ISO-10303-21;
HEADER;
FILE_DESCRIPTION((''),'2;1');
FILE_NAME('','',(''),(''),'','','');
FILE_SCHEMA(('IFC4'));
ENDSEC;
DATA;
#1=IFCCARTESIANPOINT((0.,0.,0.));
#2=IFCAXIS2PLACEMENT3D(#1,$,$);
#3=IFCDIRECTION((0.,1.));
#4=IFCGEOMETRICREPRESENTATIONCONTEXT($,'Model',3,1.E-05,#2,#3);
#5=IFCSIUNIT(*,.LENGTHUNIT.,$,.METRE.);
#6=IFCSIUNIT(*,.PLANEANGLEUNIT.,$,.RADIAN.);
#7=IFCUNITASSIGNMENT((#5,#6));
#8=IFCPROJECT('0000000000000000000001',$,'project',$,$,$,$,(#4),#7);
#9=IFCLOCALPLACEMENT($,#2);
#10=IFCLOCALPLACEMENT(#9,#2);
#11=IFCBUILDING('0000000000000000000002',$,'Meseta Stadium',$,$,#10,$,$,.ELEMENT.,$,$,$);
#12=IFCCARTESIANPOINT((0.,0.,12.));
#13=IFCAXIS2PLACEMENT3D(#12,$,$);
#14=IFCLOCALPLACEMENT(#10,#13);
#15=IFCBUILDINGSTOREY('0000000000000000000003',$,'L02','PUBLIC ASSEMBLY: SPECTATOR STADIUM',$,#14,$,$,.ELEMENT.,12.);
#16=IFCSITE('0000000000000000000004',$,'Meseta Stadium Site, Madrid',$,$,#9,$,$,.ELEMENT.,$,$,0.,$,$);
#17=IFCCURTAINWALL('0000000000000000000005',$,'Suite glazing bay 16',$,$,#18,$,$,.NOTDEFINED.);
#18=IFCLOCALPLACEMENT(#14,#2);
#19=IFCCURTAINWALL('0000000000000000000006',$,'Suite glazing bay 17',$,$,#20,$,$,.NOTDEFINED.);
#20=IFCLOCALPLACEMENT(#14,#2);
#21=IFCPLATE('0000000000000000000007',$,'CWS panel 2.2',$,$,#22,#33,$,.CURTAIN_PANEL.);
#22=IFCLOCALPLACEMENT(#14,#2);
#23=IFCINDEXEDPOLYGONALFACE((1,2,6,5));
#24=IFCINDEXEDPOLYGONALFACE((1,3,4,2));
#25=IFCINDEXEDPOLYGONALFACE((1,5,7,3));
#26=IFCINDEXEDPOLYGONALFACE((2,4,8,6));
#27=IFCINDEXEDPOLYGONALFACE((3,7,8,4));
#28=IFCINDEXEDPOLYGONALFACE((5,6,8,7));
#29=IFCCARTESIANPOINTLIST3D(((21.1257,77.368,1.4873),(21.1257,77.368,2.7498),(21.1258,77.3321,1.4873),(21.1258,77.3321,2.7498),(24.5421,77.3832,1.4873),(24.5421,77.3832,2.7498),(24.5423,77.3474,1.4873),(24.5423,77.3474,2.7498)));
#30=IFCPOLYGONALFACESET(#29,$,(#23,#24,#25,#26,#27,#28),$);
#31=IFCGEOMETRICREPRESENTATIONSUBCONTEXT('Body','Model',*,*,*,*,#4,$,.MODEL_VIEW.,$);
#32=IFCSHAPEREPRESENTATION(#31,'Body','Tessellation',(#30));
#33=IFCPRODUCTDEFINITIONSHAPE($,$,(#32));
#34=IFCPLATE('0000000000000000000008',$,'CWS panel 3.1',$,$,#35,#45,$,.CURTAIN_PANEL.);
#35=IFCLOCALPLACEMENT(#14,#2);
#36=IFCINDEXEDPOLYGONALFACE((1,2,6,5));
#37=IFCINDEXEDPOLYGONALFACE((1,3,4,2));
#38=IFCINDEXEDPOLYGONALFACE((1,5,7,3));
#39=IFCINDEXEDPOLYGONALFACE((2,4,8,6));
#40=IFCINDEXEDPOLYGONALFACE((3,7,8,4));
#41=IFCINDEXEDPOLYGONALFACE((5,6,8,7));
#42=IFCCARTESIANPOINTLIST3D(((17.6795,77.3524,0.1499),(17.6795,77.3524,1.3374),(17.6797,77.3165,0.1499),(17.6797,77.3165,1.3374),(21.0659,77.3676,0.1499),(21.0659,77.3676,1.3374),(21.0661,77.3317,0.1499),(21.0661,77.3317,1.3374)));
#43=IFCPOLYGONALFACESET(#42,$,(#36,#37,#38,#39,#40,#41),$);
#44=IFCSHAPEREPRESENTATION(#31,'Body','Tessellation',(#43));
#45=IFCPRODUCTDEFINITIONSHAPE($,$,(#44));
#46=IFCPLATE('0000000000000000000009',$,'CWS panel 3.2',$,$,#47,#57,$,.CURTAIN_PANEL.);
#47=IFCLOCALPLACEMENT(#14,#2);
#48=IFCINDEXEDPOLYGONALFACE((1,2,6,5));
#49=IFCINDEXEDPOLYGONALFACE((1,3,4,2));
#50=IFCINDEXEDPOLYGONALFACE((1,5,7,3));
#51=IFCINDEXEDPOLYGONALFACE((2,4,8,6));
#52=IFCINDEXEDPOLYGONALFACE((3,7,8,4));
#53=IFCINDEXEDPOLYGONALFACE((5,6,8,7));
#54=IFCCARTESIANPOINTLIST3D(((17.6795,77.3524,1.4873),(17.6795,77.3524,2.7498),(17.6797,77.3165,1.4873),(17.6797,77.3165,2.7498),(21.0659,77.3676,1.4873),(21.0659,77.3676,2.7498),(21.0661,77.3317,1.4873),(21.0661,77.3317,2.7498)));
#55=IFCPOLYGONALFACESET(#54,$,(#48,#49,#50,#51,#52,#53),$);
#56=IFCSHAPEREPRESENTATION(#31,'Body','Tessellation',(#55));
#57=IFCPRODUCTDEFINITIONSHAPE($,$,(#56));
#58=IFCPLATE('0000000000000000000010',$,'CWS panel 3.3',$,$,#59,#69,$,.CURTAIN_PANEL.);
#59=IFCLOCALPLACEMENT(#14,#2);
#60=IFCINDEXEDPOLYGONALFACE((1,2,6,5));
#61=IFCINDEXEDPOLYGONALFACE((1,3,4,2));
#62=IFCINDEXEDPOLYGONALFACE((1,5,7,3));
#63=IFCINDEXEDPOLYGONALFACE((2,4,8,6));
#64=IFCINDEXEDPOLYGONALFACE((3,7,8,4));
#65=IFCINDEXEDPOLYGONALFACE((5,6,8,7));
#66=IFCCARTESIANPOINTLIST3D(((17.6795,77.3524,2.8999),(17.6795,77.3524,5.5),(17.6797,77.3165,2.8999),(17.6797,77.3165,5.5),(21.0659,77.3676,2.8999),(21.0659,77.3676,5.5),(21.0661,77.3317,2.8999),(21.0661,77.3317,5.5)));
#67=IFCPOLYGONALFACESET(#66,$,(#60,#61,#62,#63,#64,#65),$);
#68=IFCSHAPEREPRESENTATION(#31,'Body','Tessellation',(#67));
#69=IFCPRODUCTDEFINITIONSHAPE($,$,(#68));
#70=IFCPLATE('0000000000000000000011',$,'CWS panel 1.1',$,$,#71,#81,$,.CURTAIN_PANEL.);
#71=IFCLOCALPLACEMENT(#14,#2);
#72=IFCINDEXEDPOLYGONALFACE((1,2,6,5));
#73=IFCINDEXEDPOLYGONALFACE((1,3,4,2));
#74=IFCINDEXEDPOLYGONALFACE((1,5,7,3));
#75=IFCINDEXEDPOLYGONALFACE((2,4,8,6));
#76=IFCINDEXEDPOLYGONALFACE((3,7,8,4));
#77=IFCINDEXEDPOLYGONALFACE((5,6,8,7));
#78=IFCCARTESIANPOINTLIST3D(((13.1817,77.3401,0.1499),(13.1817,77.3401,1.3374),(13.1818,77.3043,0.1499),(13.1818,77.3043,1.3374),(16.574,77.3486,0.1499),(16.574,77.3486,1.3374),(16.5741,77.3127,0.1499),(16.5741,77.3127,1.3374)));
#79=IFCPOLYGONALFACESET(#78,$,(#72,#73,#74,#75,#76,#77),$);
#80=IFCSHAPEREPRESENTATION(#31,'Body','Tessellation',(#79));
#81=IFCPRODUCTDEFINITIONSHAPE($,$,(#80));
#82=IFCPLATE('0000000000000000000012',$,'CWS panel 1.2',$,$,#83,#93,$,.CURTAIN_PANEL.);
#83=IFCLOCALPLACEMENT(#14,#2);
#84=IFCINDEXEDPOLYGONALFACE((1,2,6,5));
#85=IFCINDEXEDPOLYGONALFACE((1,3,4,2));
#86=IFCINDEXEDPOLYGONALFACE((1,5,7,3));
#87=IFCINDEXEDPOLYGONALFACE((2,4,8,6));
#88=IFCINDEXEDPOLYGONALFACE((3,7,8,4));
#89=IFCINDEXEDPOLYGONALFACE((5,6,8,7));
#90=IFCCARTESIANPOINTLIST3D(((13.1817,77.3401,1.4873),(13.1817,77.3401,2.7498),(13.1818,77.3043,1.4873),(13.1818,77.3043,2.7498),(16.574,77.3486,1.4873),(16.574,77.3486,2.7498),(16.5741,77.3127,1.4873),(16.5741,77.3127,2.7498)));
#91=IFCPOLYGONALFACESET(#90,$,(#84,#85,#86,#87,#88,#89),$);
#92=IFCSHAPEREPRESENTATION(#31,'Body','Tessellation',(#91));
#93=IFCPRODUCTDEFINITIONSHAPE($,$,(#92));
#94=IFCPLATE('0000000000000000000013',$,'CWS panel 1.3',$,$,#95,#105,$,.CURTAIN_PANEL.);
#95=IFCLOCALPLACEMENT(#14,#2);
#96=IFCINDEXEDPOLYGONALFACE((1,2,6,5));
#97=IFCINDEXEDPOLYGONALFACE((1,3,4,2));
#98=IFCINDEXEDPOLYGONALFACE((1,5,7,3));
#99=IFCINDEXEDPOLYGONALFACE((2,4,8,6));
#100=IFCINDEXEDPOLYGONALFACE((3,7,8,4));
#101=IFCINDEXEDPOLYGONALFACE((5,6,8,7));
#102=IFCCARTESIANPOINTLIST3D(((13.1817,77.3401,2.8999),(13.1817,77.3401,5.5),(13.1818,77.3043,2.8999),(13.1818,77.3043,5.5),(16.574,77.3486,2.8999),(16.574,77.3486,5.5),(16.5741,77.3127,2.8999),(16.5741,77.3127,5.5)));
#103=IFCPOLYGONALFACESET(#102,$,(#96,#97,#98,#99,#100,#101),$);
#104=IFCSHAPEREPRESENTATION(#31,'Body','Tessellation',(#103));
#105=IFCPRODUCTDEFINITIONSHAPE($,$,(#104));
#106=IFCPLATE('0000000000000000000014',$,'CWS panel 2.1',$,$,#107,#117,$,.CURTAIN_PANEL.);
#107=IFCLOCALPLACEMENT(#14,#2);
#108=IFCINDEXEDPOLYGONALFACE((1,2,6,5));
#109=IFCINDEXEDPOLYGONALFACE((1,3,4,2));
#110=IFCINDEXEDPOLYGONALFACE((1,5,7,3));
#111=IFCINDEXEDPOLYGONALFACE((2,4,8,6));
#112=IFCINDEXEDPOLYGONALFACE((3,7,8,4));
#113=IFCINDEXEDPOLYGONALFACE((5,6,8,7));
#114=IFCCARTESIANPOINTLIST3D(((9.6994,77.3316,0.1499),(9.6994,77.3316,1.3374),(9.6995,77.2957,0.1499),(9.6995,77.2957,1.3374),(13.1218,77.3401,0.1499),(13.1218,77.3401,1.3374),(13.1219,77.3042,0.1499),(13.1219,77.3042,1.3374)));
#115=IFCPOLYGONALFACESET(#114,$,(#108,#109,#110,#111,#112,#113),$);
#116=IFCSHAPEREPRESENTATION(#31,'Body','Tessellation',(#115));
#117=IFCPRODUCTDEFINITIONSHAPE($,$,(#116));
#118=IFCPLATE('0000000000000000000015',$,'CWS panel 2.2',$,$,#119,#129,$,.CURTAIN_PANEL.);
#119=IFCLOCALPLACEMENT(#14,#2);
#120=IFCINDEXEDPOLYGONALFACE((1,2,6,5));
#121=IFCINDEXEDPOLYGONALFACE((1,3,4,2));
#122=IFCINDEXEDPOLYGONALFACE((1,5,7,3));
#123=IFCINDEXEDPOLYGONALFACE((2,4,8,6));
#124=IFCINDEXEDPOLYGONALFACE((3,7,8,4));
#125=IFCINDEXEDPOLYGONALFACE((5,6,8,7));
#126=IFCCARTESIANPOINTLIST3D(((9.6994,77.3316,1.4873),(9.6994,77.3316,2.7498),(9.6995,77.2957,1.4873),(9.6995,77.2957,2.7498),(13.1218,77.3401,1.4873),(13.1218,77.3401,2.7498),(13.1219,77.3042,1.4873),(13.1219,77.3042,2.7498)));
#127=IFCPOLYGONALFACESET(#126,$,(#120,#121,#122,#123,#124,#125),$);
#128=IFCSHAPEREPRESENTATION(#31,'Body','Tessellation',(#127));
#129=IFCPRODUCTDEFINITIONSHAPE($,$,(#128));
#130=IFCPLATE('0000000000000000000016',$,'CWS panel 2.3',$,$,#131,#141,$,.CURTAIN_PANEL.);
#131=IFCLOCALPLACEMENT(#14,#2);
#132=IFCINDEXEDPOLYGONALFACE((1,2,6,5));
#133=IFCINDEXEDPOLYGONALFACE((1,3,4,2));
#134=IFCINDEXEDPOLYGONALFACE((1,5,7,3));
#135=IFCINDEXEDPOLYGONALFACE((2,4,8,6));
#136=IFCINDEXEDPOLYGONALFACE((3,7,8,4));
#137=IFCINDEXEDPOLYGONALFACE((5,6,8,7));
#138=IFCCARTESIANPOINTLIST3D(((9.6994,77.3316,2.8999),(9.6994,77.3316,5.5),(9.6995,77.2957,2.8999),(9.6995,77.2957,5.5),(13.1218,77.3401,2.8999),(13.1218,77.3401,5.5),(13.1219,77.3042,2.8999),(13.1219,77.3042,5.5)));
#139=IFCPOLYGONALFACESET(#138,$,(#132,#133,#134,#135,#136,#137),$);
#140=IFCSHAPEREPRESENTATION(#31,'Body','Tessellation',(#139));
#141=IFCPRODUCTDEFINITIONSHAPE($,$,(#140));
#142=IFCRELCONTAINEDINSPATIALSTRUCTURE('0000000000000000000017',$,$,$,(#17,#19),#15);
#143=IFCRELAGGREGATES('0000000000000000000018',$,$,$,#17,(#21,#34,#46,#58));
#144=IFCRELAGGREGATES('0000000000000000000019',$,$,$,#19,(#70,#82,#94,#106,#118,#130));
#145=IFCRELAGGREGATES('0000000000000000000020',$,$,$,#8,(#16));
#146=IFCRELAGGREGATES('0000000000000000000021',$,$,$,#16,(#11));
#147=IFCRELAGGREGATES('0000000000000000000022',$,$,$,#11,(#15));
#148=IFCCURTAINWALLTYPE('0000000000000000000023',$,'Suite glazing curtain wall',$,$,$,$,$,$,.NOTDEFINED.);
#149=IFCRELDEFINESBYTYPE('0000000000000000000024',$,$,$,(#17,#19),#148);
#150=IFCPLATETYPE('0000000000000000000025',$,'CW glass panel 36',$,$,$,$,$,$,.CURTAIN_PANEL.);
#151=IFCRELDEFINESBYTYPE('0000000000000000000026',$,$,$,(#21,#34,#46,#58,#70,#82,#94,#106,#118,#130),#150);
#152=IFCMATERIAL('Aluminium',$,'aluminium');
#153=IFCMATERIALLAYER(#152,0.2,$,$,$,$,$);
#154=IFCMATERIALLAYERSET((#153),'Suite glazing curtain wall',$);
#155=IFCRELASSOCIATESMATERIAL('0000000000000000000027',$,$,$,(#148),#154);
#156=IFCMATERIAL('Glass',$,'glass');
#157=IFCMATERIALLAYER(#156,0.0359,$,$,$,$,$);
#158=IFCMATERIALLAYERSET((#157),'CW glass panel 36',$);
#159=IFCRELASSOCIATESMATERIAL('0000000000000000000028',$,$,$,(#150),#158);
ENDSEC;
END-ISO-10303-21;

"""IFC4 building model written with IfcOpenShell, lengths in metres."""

from ifc_helpers import new_model, si_unit, direction, frame, origin, origin_2d, place, context, subcontext, project, spatial, rectangle, extrude, material, layer, layer_set, type_object, element, aggregate, save


model = new_model("IFC4")

# Units and contexts
model_context = context("Model", 3, precision=1e-05, world=origin(), true_north=direction((0.0, 1.0)))
body_context = subcontext(model_context, "Body", "Model", "MODEL_VIEW")
ifc_project = project(units=[si_unit("LENGTHUNIT", "METRE"), si_unit("PLANEANGLEUNIT", "RADIAN")], contexts=[model_context])

# Site, building, storey
site_placement = place(None, origin())
site = spatial("IfcSite", under=ifc_project, at=site_placement, Name="Meseta Stadium Site, Madrid", CompositionType="ELEMENT", RefElevation=0.0)
building_placement = place(site_placement, origin())
building = spatial("IfcBuilding", under=site, at=building_placement, Name="Meseta Stadium", CompositionType="ELEMENT")
storey_placement = place(building_placement, frame((0.0, 0.0, 12.0)))
storey = spatial("IfcBuildingStorey", under=building, at=storey_placement, Name="L02", Description="PUBLIC ASSEMBLY: SPECTATOR STADIUM", CompositionType="ELEMENT", Elevation=12.0)

# Curtain walls
ifc_material_1 = material(Name="Aluminium", Category="aluminium")
ifc_layer_1 = layer(ifc_material_1, 0.2)
ifc_layer_set_1 = layer_set([ifc_layer_1], Name="Suite glazing curtain wall")
curtain_wall_type = type_object("IfcCurtainWallType", Name="Suite glazing curtain wall", PredefinedType="NOTDEFINED", material=ifc_layer_set_1)
curtain_wall_1_placement = place(storey_placement, origin())
curtain_wall_1 = element("IfcCurtainWall", 1, at=curtain_wall_1_placement, inside=storey, type_object=curtain_wall_type, Name="Suite glazing bay 16", PredefinedType="NOTDEFINED")
curtain_wall_2_placement = place(storey_placement, origin())
curtain_wall_2 = element("IfcCurtainWall", 2, at=curtain_wall_2_placement, inside=storey, type_object=curtain_wall_type, Name="Suite glazing bay 17", PredefinedType="NOTDEFINED")

# Plates
ifc_material_2 = material(Name="Glass", Category="glass")
ifc_layer_2 = layer(ifc_material_2, 0.0359)
ifc_layer_set_2 = layer_set([ifc_layer_2], Name="CW glass panel 36")
plate_type = type_object("IfcPlateType", Name="CW glass panel 36", PredefinedType="CURTAIN_PANEL", material=ifc_layer_set_2)
plate_1_placement = place(storey_placement, frame((22.834, 77.3577, 1.4873), z_axis=(0.0, 0.0, 1.0), x_axis=(-0.99999, -0.004469, 0.0)))
plate_1 = element("IfcPlate", 3, at=plate_1_placement, type_object=plate_type, Name="CWS panel 2.2", PredefinedType="CURTAIN_PANEL", context=body_context, shape_type="SweptSolid", body=[
    extrude(rectangle(XDim=3.4165, YDim=0.0359, at=origin_2d()), origin(), (0.0, 0.0, 1.0), 1.2625),
])
plate_2_placement = place(storey_placement, frame((19.3728, 77.342, 0.1499), z_axis=(0.0, 0.0, 1.0), x_axis=(-0.99999, -0.004469, 0.0)))
plate_2 = element("IfcPlate", 4, at=plate_2_placement, type_object=plate_type, Name="CWS panel 3.1", PredefinedType="CURTAIN_PANEL", context=body_context, shape_type="SweptSolid", body=[
    extrude(rectangle(XDim=3.3865, YDim=0.0359, at=origin_2d()), origin(), (0.0, 0.0, 1.0), 1.1875),
])
plate_3_placement = place(storey_placement, frame((19.3728, 77.342, 1.4873), z_axis=(0.0, 0.0, 1.0), x_axis=(-0.99999, -0.004469, 0.0)))
plate_3 = element("IfcPlate", 5, at=plate_3_placement, type_object=plate_type, Name="CWS panel 3.2", PredefinedType="CURTAIN_PANEL", context=body_context, shape_type="SweptSolid", body=[
    extrude(rectangle(XDim=3.3865, YDim=0.0359, at=origin_2d()), origin(), (0.0, 0.0, 1.0), 1.2625),
])
plate_4_placement = place(storey_placement, frame((19.3728, 77.342, 2.8999), z_axis=(0.0, 0.0, 1.0), x_axis=(-0.99999, -0.004469, 0.0)))
plate_4 = element("IfcPlate", 6, at=plate_4_placement, type_object=plate_type, Name="CWS panel 3.3", PredefinedType="CURTAIN_PANEL", context=body_context, shape_type="SweptSolid", body=[
    extrude(rectangle(XDim=3.3865, YDim=0.0359, at=origin_2d()), origin(), (0.0, 0.0, 1.0), 2.6001),
])
aggregate(curtain_wall_1, [plate_1, plate_2, plate_3, plate_4])
plate_5_placement = place(storey_placement, frame((14.8779, 77.3264, 0.1499), z_axis=(0.0, 0.0, 1.0), x_axis=(-0.999997, -0.002486, 0.0)))
plate_5 = element("IfcPlate", 7, at=plate_5_placement, type_object=plate_type, Name="CWS panel 1.1", PredefinedType="CURTAIN_PANEL", context=body_context, shape_type="SweptSolid", body=[
    extrude(rectangle(XDim=3.3923, YDim=0.0359, at=origin_2d()), origin(), (0.0, 0.0, 1.0), 1.1875),
])
plate_6_placement = place(storey_placement, frame((14.8779, 77.3264, 1.4873), z_axis=(0.0, 0.0, 1.0), x_axis=(-0.999997, -0.002486, 0.0)))
plate_6 = element("IfcPlate", 8, at=plate_6_placement, type_object=plate_type, Name="CWS panel 1.2", PredefinedType="CURTAIN_PANEL", context=body_context, shape_type="SweptSolid", body=[
    extrude(rectangle(XDim=3.3923, YDim=0.0359, at=origin_2d()), origin(), (0.0, 0.0, 1.0), 1.2625),
])
plate_7_placement = place(storey_placement, frame((14.8779, 77.3264, 2.8999), z_axis=(0.0, 0.0, 1.0), x_axis=(-0.999997, -0.002486, 0.0)))
plate_7 = element("IfcPlate", 9, at=plate_7_placement, type_object=plate_type, Name="CWS panel 1.3", PredefinedType="CURTAIN_PANEL", context=body_context, shape_type="SweptSolid", body=[
    extrude(rectangle(XDim=3.3923, YDim=0.0359, at=origin_2d()), origin(), (0.0, 0.0, 1.0), 2.6001),
])
plate_8_placement = place(storey_placement, frame((11.4106, 77.3179, 0.1499), z_axis=(0.0, 0.0, 1.0), x_axis=(-0.999997, -0.002486, 0.0)))
plate_8 = element("IfcPlate", 10, at=plate_8_placement, type_object=plate_type, Name="CWS panel 2.1", PredefinedType="CURTAIN_PANEL", context=body_context, shape_type="SweptSolid", body=[
    extrude(rectangle(XDim=3.4224, YDim=0.0359, at=origin_2d()), origin(), (0.0, 0.0, 1.0), 1.1875),
])
plate_9_placement = place(storey_placement, frame((11.4106, 77.3179, 1.4873), z_axis=(0.0, 0.0, 1.0), x_axis=(-0.999997, -0.002486, 0.0)))
plate_9 = element("IfcPlate", 11, at=plate_9_placement, type_object=plate_type, Name="CWS panel 2.2", PredefinedType="CURTAIN_PANEL", context=body_context, shape_type="SweptSolid", body=[
    extrude(rectangle(XDim=3.4224, YDim=0.0359, at=origin_2d()), origin(), (0.0, 0.0, 1.0), 1.2625),
])
plate_10_placement = place(storey_placement, frame((11.4106, 77.3179, 2.8999), z_axis=(0.0, 0.0, 1.0), x_axis=(-0.999997, -0.002486, 0.0)))
plate_10 = element("IfcPlate", 12, at=plate_10_placement, type_object=plate_type, Name="CWS panel 2.3", PredefinedType="CURTAIN_PANEL", context=body_context, shape_type="SweptSolid", body=[
    extrude(rectangle(XDim=3.4224, YDim=0.0359, at=origin_2d()), origin(), (0.0, 0.0, 1.0), 2.6001),
])
aggregate(curtain_wall_2, [plate_5, plate_6, plate_7, plate_8, plate_9, plate_10])

save(model, "model.ifc")
